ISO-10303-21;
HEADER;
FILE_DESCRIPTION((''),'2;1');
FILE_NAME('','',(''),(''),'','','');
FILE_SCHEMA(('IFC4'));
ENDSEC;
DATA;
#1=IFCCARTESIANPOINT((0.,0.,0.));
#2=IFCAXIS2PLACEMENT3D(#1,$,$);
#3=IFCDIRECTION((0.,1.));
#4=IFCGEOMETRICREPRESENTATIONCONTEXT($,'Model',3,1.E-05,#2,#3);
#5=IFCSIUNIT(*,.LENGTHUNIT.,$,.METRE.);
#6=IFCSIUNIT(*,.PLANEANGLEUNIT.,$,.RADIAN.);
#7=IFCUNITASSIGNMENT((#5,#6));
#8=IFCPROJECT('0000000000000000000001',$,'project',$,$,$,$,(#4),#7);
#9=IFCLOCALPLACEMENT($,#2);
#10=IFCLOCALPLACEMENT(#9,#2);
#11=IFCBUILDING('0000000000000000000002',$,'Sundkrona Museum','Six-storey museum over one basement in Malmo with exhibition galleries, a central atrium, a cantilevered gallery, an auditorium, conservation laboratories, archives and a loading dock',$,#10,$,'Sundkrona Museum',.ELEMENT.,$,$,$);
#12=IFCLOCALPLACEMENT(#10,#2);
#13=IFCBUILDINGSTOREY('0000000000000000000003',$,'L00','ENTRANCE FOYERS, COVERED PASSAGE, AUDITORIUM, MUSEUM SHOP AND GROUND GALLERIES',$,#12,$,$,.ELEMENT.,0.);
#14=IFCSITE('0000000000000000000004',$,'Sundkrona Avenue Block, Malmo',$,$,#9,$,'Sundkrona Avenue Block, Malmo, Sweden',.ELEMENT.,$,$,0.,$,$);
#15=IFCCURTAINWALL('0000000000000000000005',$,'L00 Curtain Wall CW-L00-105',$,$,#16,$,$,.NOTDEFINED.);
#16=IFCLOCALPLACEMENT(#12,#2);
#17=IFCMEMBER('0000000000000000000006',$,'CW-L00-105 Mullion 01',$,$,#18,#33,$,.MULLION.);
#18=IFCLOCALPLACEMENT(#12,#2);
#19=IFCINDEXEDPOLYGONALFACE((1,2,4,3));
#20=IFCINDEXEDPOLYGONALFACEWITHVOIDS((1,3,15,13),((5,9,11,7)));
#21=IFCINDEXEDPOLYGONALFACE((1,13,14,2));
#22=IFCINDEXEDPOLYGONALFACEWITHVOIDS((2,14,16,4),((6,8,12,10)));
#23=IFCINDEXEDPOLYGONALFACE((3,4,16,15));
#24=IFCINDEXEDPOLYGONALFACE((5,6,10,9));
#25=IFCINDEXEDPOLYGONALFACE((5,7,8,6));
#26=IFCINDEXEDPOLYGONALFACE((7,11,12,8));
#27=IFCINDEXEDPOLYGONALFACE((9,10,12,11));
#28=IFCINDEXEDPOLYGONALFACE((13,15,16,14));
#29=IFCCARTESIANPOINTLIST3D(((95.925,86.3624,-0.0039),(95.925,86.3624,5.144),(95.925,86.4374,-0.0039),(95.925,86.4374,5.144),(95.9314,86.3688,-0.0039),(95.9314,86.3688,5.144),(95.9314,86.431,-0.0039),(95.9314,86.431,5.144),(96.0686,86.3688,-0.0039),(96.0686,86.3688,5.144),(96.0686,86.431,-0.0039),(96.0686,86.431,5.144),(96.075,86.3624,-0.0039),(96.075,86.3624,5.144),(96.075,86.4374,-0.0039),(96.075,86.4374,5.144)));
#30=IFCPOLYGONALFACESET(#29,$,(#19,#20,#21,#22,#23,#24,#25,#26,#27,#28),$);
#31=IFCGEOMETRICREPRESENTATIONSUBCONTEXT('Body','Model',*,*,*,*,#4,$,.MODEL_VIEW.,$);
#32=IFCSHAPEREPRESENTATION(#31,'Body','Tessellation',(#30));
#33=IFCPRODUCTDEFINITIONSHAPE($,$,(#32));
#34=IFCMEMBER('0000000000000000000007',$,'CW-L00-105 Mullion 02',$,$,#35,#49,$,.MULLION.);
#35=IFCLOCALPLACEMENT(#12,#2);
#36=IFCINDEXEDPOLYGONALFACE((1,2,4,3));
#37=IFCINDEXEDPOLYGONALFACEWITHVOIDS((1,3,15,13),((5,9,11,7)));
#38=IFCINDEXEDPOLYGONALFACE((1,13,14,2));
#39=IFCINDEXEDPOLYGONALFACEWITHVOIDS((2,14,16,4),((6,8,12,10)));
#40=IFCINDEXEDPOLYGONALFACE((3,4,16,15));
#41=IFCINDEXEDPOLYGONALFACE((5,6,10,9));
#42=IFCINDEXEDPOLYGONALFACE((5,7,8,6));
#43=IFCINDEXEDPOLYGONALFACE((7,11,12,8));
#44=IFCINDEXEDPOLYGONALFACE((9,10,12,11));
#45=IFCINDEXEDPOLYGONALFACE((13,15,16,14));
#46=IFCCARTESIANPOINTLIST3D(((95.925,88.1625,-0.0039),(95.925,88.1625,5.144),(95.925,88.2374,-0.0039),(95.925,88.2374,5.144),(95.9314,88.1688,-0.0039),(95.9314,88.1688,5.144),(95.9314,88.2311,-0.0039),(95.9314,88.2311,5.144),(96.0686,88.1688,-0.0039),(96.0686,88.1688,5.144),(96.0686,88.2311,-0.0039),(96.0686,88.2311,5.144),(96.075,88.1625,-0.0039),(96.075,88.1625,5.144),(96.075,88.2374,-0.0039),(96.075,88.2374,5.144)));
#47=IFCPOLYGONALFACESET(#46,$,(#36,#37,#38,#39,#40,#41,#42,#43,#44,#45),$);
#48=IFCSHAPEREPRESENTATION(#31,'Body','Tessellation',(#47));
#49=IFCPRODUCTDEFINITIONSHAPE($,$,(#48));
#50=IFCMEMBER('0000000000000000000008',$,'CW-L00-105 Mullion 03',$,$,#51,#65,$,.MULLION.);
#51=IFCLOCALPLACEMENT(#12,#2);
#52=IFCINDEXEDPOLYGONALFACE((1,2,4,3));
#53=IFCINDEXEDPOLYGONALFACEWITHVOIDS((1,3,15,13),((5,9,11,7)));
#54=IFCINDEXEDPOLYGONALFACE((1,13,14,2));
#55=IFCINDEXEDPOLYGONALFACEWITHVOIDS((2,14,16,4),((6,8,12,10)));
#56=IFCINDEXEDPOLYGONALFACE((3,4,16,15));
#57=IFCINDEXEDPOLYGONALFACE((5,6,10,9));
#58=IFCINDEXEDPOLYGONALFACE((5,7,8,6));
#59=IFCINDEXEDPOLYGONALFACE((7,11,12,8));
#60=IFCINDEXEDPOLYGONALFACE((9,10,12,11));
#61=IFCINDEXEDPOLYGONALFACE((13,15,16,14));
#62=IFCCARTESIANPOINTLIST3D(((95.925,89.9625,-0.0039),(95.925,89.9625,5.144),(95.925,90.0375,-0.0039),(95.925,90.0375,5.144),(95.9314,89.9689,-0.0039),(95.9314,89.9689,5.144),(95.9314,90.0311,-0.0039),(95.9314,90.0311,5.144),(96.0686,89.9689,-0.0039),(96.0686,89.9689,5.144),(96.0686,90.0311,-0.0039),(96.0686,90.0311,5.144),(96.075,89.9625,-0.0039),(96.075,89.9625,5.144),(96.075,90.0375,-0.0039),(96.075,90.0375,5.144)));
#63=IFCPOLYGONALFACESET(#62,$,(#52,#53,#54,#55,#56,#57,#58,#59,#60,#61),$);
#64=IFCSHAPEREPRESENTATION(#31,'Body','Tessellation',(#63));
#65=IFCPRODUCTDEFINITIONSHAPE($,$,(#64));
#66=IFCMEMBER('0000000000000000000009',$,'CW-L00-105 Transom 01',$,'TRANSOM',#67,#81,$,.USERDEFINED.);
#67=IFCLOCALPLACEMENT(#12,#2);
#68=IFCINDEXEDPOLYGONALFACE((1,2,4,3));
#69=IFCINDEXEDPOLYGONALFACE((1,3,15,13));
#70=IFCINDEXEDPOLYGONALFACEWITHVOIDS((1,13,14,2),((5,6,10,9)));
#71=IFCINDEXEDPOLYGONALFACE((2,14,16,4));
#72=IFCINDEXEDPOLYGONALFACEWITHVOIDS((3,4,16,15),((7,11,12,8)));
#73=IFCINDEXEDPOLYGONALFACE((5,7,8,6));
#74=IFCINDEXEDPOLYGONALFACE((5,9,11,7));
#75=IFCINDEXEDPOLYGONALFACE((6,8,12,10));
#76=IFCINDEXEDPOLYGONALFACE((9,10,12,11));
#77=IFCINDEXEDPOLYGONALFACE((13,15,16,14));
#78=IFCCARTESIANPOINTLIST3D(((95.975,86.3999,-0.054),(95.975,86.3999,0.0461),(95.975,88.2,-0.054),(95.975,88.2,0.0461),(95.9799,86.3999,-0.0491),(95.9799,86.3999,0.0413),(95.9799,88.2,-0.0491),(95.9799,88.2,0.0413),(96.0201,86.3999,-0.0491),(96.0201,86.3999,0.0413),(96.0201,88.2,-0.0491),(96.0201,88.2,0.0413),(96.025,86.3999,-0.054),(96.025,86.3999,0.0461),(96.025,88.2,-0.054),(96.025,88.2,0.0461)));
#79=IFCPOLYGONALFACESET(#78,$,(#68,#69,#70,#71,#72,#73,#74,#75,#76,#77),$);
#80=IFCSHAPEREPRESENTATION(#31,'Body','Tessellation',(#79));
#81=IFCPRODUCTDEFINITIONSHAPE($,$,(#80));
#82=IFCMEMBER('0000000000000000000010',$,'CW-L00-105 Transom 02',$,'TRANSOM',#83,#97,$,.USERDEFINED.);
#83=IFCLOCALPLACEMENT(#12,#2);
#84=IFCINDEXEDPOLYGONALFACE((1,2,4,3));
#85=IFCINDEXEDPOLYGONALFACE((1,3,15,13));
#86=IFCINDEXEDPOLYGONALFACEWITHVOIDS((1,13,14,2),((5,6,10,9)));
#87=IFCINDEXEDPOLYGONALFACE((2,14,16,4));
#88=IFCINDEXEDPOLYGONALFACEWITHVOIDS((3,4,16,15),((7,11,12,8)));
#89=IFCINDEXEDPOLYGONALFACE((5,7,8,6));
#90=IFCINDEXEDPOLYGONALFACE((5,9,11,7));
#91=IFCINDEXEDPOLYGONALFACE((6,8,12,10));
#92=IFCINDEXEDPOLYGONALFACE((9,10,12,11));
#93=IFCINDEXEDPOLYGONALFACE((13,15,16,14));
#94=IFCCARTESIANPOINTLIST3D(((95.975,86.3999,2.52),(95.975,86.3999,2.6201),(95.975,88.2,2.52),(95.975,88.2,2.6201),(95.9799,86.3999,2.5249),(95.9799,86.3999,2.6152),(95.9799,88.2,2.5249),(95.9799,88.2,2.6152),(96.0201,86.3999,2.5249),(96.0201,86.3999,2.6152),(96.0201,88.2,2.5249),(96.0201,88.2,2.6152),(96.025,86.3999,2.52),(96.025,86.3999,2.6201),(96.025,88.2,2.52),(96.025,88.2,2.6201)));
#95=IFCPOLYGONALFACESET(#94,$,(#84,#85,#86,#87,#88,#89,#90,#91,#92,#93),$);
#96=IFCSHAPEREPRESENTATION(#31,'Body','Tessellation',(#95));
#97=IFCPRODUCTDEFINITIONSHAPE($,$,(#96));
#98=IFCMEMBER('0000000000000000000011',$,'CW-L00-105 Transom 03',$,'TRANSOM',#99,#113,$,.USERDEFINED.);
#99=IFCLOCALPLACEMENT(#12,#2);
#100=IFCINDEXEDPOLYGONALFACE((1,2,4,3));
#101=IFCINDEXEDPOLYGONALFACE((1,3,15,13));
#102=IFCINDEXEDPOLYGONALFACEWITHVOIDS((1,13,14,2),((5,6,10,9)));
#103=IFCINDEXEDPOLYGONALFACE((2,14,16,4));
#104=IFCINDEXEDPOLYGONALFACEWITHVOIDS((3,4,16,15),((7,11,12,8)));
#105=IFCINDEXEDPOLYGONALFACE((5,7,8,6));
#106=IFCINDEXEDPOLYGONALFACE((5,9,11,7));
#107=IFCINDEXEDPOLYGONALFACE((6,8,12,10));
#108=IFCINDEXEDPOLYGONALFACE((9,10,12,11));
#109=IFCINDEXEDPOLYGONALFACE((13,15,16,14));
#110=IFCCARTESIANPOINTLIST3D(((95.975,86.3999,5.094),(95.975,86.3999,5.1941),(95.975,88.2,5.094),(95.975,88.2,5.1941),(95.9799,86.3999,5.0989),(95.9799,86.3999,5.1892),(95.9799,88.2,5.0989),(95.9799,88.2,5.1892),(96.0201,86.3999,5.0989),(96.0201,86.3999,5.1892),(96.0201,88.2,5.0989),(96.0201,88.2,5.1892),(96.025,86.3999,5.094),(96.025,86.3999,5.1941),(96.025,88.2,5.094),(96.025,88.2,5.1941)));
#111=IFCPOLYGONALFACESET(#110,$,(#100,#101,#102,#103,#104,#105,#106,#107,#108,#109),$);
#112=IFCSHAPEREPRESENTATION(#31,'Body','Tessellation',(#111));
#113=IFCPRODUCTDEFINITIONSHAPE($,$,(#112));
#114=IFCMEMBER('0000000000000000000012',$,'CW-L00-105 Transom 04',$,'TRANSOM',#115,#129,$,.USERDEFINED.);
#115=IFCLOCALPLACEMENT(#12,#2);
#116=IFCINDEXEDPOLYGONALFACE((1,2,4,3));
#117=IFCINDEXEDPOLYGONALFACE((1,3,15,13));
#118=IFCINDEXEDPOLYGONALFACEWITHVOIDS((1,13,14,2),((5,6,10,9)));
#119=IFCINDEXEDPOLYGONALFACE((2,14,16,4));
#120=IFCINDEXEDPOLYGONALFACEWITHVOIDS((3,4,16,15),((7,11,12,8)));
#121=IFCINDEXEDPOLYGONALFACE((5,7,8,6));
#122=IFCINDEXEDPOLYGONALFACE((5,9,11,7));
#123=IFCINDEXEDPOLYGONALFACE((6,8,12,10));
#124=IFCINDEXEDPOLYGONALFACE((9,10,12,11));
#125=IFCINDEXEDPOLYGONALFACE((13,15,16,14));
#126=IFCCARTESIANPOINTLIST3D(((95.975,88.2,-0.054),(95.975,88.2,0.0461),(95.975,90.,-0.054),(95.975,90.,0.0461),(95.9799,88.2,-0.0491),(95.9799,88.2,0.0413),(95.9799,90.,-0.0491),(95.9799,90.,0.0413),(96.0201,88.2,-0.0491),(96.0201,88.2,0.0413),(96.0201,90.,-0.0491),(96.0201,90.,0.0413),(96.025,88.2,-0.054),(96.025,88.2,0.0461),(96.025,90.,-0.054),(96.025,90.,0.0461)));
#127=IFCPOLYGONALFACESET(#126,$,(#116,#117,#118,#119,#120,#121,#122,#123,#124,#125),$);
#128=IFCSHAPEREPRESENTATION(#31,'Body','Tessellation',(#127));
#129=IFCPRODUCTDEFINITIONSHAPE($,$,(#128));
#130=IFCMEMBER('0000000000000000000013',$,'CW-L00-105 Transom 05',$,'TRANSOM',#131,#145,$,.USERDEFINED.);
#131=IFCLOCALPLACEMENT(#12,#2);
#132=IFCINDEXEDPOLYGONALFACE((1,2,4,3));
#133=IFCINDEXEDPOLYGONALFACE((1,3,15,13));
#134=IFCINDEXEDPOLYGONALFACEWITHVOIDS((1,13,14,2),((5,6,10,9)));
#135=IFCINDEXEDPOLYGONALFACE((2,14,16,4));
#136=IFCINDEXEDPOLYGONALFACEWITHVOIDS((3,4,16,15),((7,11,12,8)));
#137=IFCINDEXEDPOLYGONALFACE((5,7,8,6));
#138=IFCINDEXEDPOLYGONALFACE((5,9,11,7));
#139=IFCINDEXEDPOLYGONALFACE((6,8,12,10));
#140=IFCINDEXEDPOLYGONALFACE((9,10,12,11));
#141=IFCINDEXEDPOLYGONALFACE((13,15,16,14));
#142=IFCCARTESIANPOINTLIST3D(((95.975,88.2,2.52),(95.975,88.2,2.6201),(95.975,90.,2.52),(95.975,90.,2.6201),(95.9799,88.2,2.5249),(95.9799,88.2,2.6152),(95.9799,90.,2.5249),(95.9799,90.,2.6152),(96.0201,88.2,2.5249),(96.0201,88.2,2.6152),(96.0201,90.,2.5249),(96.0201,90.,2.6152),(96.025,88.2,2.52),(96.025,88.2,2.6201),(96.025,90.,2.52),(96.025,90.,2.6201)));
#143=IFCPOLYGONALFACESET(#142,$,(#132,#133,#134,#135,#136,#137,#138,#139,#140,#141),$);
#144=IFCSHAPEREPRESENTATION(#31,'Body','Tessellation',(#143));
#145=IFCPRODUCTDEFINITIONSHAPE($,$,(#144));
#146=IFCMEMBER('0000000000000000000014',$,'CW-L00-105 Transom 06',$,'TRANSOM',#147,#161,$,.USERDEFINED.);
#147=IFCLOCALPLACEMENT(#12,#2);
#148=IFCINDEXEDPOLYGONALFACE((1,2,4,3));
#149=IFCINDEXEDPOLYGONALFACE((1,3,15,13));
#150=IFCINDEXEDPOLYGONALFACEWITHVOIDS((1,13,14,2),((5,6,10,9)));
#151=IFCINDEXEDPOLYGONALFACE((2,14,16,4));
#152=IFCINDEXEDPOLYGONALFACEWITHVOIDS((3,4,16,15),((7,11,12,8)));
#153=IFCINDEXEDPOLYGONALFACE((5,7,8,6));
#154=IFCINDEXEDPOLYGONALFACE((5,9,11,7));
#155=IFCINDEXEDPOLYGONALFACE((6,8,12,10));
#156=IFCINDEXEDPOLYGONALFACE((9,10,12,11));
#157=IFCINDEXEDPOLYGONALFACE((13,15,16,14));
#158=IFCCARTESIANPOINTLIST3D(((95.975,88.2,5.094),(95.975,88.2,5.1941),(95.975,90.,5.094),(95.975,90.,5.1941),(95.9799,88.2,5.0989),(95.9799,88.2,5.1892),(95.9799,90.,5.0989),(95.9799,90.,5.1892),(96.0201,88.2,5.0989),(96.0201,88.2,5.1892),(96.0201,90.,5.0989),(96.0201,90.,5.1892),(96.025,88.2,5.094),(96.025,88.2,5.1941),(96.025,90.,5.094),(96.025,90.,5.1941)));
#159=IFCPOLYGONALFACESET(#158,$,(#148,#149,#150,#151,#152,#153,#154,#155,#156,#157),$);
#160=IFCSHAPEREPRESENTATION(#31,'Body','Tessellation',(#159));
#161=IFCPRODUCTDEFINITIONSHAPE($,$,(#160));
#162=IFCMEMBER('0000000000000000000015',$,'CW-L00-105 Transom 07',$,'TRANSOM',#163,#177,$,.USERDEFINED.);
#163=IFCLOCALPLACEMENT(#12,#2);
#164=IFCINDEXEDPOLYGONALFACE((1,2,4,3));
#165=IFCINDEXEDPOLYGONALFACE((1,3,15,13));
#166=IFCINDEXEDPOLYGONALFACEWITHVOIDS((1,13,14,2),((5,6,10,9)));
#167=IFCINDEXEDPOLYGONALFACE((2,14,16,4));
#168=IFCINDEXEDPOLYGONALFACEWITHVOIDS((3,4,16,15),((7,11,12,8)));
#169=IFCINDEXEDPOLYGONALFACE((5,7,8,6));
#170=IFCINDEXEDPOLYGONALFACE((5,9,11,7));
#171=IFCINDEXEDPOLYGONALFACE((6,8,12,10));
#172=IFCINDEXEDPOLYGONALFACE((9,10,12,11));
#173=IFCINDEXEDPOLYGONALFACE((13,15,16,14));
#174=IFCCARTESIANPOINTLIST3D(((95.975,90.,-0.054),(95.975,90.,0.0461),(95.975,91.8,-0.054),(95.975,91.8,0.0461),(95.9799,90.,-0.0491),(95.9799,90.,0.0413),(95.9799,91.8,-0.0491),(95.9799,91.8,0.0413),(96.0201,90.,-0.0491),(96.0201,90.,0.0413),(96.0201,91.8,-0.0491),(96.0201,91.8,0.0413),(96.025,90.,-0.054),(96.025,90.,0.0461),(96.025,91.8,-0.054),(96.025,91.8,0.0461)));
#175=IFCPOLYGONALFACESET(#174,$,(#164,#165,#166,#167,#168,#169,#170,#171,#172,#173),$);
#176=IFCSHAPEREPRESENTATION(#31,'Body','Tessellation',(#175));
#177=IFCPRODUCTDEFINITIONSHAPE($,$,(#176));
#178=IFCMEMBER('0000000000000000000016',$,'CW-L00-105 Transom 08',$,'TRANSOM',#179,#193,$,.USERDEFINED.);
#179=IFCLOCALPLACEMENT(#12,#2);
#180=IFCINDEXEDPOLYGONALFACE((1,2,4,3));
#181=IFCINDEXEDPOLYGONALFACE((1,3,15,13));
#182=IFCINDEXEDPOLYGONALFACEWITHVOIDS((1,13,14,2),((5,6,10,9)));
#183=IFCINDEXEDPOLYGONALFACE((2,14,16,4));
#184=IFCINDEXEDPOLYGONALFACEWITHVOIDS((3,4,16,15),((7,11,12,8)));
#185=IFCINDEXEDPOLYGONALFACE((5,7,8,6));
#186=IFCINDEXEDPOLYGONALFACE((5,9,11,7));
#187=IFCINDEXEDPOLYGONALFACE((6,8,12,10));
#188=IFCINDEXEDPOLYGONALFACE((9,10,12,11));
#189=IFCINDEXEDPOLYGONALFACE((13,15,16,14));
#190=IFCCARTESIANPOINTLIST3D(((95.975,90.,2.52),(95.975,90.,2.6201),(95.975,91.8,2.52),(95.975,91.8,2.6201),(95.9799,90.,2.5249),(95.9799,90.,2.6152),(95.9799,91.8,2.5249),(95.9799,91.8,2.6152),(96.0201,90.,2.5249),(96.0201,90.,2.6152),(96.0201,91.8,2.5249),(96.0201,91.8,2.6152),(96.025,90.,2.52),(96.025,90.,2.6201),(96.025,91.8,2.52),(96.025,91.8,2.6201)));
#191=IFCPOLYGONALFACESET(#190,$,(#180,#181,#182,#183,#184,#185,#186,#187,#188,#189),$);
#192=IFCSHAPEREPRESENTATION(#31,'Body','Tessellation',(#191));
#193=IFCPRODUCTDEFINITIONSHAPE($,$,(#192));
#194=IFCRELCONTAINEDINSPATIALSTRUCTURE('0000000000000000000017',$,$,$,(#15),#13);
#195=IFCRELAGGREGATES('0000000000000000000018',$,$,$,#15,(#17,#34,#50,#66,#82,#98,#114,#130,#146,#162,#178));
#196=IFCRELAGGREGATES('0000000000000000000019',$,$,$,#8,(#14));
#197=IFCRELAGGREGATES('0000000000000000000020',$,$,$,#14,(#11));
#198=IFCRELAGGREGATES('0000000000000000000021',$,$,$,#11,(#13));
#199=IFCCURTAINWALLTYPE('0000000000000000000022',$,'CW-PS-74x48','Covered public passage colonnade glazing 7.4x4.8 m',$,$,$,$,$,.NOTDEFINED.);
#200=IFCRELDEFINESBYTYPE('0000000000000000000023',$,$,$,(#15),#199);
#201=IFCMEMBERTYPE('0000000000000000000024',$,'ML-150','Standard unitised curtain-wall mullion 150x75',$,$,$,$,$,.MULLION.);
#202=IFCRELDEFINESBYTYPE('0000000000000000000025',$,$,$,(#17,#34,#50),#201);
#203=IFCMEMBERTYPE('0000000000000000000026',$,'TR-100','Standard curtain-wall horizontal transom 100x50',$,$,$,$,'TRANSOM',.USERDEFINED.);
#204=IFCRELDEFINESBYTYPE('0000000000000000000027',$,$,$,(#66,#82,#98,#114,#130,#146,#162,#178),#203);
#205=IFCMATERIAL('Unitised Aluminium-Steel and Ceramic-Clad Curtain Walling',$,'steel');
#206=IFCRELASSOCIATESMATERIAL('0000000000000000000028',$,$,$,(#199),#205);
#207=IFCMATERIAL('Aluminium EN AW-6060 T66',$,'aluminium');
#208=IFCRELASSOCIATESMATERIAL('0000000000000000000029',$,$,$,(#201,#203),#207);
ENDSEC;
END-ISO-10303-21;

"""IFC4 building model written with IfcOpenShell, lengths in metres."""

from ifc_helpers import new_model, si_unit, direction, frame, origin, origin_2d, place, context, subcontext, project, spatial, hollow_rectangle, extrude, material, material_profile, profile_set, type_object, element, aggregate, save


model = new_model("IFC4")

# Units and contexts
model_context = context("Model", 3, precision=1e-05, world=origin(), true_north=direction((0.0, 1.0)))
body_context = subcontext(model_context, "Body", "Model", "MODEL_VIEW")
ifc_project = project(units=[si_unit("LENGTHUNIT", "METRE"), si_unit("PLANEANGLEUNIT", "RADIAN")], contexts=[model_context])

# Site, building, storey
site_placement = place(None, origin())
site = spatial("IfcSite", under=ifc_project, at=site_placement, Name="Sundkrona Avenue Block, Malmo", LongName="Sundkrona Avenue Block, Malmo, Sweden", CompositionType="ELEMENT", RefElevation=0.0)
building_placement = place(site_placement, origin())
building = spatial("IfcBuilding", under=site, at=building_placement, Name="Sundkrona Museum", Description="Six-storey museum over one basement in Malmo with exhibition galleries, a central atrium, a cantilevered gallery, an auditorium, conservation laboratories, archives and a loading dock", LongName="Sundkrona Museum", CompositionType="ELEMENT")
storey_placement = place(building_placement, origin())
storey = spatial("IfcBuildingStorey", under=building, at=storey_placement, Name="L00", Description="ENTRANCE FOYERS, COVERED PASSAGE, AUDITORIUM, MUSEUM SHOP AND GROUND GALLERIES", CompositionType="ELEMENT", Elevation=0.0)

# Curtain wall, members
ifc_material_1 = material(Name="Unitised Aluminium-Steel and Ceramic-Clad Curtain Walling", Category="steel")
curtain_wall_type = type_object("IfcCurtainWallType", Name="CW-PS-74x48", Description="Covered public passage colonnade glazing 7.4x4.8 m", PredefinedType="NOTDEFINED", material=ifc_material_1)
curtain_wall_placement = place(storey_placement, origin())
curtain_wall = element("IfcCurtainWall", 1, at=curtain_wall_placement, inside=storey, type_object=curtain_wall_type, Name="L00 Curtain Wall CW-L00-105", PredefinedType="NOTDEFINED")
ifc_material_2 = material(Name="Aluminium EN AW-6060 T66", Category="aluminium")
ifc_material_profile_1 = material_profile(ifc_material_2, hollow_rectangle(XDim=0.075, YDim=0.1499, WallThickness=0.0063, at=origin_2d()), Name="RHS 150x75x6.3")
ifc_profile_set_1 = profile_set([ifc_material_profile_1], Name="Aluminium EN AW-6060 T66")
member_type_1 = type_object("IfcMemberType", Name="ML-150", Description="Standard unitised curtain-wall mullion 150x75", PredefinedType="MULLION", material=ifc_profile_set_1)
member_1_placement = place(storey_placement, frame((96.0, 86.3999, -0.0039), z_axis=(0.0, 0.0, 1.0), x_axis=(0.0, 1.0, 0.0)))
member_1 = element("IfcMember", 2, at=member_1_placement, type_object=member_type_1, Name="CW-L00-105 Mullion 01", PredefinedType="MULLION", context=body_context, shape_type="SweptSolid", body=[
    extrude(hollow_rectangle(XDim=0.075, YDim=0.1499, WallThickness=0.0063, at=origin_2d()), origin(), (0.0, 0.0, 1.0), 5.1479),
])
member_2_placement = place(storey_placement, frame((96.0, 88.2, -0.0039), z_axis=(0.0, 0.0, 1.0), x_axis=(0.0, 1.0, 0.0)))
member_2 = element("IfcMember", 3, at=member_2_placement, type_object=member_type_1, Name="CW-L00-105 Mullion 02", PredefinedType="MULLION", context=body_context, shape_type="SweptSolid", body=[
    extrude(hollow_rectangle(XDim=0.075, YDim=0.1499, WallThickness=0.0063, at=origin_2d()), origin(), (0.0, 0.0, 1.0), 5.1479),
])
member_3_placement = place(storey_placement, frame((96.0, 90.0, -0.0039), z_axis=(0.0, 0.0, 1.0), x_axis=(0.0, 1.0, 0.0)))
member_3 = element("IfcMember", 4, at=member_3_placement, type_object=member_type_1, Name="CW-L00-105 Mullion 03", PredefinedType="MULLION", context=body_context, shape_type="SweptSolid", body=[
    extrude(hollow_rectangle(XDim=0.075, YDim=0.1499, WallThickness=0.0063, at=origin_2d()), origin(), (0.0, 0.0, 1.0), 5.1479),
])
ifc_material_profile_2 = material_profile(ifc_material_2, hollow_rectangle(XDim=0.05, YDim=0.1001, WallThickness=0.0049, at=origin_2d()), Name="RHS 100x50x5.0")
ifc_profile_set_2 = profile_set([ifc_material_profile_2], Name="Aluminium EN AW-6060 T66")
member_type_2 = type_object("IfcMemberType", Name="TR-100", Description="Standard curtain-wall horizontal transom 100x50", ElementType="TRANSOM", PredefinedType="USERDEFINED", material=ifc_profile_set_2)
member_4_placement = place(storey_placement, frame((96.0, 86.3999, -0.0039), z_axis=(0.0, 1.0, 0.0), x_axis=(-1.0, 0.0, 0.0)))
member_4 = element("IfcMember", 5, at=member_4_placement, type_object=member_type_2, Name="CW-L00-105 Transom 01", ObjectType="TRANSOM", PredefinedType="USERDEFINED", context=body_context, shape_type="SweptSolid", body=[
    extrude(hollow_rectangle(XDim=0.05, YDim=0.1001, WallThickness=0.0049, at=origin_2d()), origin(), (0.0, 0.0, 1.0), 1.8),
])
member_5_placement = place(storey_placement, frame((96.0, 86.3999, 2.5701), z_axis=(0.0, 1.0, 0.0), x_axis=(-1.0, 0.0, 0.0)))
member_5 = element("IfcMember", 6, at=member_5_placement, type_object=member_type_2, Name="CW-L00-105 Transom 02", ObjectType="TRANSOM", PredefinedType="USERDEFINED", context=body_context, shape_type="SweptSolid", body=[
    extrude(hollow_rectangle(XDim=0.05, YDim=0.1001, WallThickness=0.0049, at=origin_2d()), origin(), (0.0, 0.0, 1.0), 1.8),
])
member_6_placement = place(storey_placement, frame((96.0, 86.3999, 5.144), z_axis=(0.0, 1.0, 0.0), x_axis=(-1.0, 0.0, 0.0)))
member_6 = element("IfcMember", 7, at=member_6_placement, type_object=member_type_2, Name="CW-L00-105 Transom 03", ObjectType="TRANSOM", PredefinedType="USERDEFINED", context=body_context, shape_type="SweptSolid", body=[
    extrude(hollow_rectangle(XDim=0.05, YDim=0.1001, WallThickness=0.0049, at=origin_2d()), origin(), (0.0, 0.0, 1.0), 1.8),
])
member_7_placement = place(storey_placement, frame((96.0, 88.2, -0.0039), z_axis=(0.0, 1.0, 0.0), x_axis=(-1.0, 0.0, 0.0)))
member_7 = element("IfcMember", 8, at=member_7_placement, type_object=member_type_2, Name="CW-L00-105 Transom 04", ObjectType="TRANSOM", PredefinedType="USERDEFINED", context=body_context, shape_type="SweptSolid", body=[
    extrude(hollow_rectangle(XDim=0.05, YDim=0.1001, WallThickness=0.0049, at=origin_2d()), origin(), (0.0, 0.0, 1.0), 1.8),
])
member_8_placement = place(storey_placement, frame((96.0, 88.2, 2.5701), z_axis=(0.0, 1.0, 0.0), x_axis=(-1.0, 0.0, 0.0)))
member_8 = element("IfcMember", 9, at=member_8_placement, type_object=member_type_2, Name="CW-L00-105 Transom 05", ObjectType="TRANSOM", PredefinedType="USERDEFINED", context=body_context, shape_type="SweptSolid", body=[
    extrude(hollow_rectangle(XDim=0.05, YDim=0.1001, WallThickness=0.0049, at=origin_2d()), origin(), (0.0, 0.0, 1.0), 1.8),
])
member_9_placement = place(storey_placement, frame((96.0, 88.2, 5.144), z_axis=(0.0, 1.0, 0.0), x_axis=(-1.0, 0.0, 0.0)))
member_9 = element("IfcMember", 10, at=member_9_placement, type_object=member_type_2, Name="CW-L00-105 Transom 06", ObjectType="TRANSOM", PredefinedType="USERDEFINED", context=body_context, shape_type="SweptSolid", body=[
    extrude(hollow_rectangle(XDim=0.05, YDim=0.1001, WallThickness=0.0049, at=origin_2d()), origin(), (0.0, 0.0, 1.0), 1.8),
])
member_10_placement = place(storey_placement, frame((96.0, 90.0, -0.0039), z_axis=(0.0, 1.0, 0.0), x_axis=(-1.0, 0.0, 0.0)))
member_10 = element("IfcMember", 11, at=member_10_placement, type_object=member_type_2, Name="CW-L00-105 Transom 07", ObjectType="TRANSOM", PredefinedType="USERDEFINED", context=body_context, shape_type="SweptSolid", body=[
    extrude(hollow_rectangle(XDim=0.05, YDim=0.1001, WallThickness=0.0049, at=origin_2d()), origin(), (0.0, 0.0, 1.0), 1.8),
])
member_11_placement = place(storey_placement, frame((96.0, 90.0, 2.5701), z_axis=(0.0, 1.0, 0.0), x_axis=(-1.0, 0.0, 0.0)))
member_11 = element("IfcMember", 12, at=member_11_placement, type_object=member_type_2, Name="CW-L00-105 Transom 08", ObjectType="TRANSOM", PredefinedType="USERDEFINED", context=body_context, shape_type="SweptSolid", body=[
    extrude(hollow_rectangle(XDim=0.05, YDim=0.1001, WallThickness=0.0049, at=origin_2d()), origin(), (0.0, 0.0, 1.0), 1.8),
])
aggregate(curtain_wall, [member_1, member_2, member_3, member_4, member_5, member_6, member_7, member_8, member_9, member_10, member_11])

save(model, "model.ifc")
